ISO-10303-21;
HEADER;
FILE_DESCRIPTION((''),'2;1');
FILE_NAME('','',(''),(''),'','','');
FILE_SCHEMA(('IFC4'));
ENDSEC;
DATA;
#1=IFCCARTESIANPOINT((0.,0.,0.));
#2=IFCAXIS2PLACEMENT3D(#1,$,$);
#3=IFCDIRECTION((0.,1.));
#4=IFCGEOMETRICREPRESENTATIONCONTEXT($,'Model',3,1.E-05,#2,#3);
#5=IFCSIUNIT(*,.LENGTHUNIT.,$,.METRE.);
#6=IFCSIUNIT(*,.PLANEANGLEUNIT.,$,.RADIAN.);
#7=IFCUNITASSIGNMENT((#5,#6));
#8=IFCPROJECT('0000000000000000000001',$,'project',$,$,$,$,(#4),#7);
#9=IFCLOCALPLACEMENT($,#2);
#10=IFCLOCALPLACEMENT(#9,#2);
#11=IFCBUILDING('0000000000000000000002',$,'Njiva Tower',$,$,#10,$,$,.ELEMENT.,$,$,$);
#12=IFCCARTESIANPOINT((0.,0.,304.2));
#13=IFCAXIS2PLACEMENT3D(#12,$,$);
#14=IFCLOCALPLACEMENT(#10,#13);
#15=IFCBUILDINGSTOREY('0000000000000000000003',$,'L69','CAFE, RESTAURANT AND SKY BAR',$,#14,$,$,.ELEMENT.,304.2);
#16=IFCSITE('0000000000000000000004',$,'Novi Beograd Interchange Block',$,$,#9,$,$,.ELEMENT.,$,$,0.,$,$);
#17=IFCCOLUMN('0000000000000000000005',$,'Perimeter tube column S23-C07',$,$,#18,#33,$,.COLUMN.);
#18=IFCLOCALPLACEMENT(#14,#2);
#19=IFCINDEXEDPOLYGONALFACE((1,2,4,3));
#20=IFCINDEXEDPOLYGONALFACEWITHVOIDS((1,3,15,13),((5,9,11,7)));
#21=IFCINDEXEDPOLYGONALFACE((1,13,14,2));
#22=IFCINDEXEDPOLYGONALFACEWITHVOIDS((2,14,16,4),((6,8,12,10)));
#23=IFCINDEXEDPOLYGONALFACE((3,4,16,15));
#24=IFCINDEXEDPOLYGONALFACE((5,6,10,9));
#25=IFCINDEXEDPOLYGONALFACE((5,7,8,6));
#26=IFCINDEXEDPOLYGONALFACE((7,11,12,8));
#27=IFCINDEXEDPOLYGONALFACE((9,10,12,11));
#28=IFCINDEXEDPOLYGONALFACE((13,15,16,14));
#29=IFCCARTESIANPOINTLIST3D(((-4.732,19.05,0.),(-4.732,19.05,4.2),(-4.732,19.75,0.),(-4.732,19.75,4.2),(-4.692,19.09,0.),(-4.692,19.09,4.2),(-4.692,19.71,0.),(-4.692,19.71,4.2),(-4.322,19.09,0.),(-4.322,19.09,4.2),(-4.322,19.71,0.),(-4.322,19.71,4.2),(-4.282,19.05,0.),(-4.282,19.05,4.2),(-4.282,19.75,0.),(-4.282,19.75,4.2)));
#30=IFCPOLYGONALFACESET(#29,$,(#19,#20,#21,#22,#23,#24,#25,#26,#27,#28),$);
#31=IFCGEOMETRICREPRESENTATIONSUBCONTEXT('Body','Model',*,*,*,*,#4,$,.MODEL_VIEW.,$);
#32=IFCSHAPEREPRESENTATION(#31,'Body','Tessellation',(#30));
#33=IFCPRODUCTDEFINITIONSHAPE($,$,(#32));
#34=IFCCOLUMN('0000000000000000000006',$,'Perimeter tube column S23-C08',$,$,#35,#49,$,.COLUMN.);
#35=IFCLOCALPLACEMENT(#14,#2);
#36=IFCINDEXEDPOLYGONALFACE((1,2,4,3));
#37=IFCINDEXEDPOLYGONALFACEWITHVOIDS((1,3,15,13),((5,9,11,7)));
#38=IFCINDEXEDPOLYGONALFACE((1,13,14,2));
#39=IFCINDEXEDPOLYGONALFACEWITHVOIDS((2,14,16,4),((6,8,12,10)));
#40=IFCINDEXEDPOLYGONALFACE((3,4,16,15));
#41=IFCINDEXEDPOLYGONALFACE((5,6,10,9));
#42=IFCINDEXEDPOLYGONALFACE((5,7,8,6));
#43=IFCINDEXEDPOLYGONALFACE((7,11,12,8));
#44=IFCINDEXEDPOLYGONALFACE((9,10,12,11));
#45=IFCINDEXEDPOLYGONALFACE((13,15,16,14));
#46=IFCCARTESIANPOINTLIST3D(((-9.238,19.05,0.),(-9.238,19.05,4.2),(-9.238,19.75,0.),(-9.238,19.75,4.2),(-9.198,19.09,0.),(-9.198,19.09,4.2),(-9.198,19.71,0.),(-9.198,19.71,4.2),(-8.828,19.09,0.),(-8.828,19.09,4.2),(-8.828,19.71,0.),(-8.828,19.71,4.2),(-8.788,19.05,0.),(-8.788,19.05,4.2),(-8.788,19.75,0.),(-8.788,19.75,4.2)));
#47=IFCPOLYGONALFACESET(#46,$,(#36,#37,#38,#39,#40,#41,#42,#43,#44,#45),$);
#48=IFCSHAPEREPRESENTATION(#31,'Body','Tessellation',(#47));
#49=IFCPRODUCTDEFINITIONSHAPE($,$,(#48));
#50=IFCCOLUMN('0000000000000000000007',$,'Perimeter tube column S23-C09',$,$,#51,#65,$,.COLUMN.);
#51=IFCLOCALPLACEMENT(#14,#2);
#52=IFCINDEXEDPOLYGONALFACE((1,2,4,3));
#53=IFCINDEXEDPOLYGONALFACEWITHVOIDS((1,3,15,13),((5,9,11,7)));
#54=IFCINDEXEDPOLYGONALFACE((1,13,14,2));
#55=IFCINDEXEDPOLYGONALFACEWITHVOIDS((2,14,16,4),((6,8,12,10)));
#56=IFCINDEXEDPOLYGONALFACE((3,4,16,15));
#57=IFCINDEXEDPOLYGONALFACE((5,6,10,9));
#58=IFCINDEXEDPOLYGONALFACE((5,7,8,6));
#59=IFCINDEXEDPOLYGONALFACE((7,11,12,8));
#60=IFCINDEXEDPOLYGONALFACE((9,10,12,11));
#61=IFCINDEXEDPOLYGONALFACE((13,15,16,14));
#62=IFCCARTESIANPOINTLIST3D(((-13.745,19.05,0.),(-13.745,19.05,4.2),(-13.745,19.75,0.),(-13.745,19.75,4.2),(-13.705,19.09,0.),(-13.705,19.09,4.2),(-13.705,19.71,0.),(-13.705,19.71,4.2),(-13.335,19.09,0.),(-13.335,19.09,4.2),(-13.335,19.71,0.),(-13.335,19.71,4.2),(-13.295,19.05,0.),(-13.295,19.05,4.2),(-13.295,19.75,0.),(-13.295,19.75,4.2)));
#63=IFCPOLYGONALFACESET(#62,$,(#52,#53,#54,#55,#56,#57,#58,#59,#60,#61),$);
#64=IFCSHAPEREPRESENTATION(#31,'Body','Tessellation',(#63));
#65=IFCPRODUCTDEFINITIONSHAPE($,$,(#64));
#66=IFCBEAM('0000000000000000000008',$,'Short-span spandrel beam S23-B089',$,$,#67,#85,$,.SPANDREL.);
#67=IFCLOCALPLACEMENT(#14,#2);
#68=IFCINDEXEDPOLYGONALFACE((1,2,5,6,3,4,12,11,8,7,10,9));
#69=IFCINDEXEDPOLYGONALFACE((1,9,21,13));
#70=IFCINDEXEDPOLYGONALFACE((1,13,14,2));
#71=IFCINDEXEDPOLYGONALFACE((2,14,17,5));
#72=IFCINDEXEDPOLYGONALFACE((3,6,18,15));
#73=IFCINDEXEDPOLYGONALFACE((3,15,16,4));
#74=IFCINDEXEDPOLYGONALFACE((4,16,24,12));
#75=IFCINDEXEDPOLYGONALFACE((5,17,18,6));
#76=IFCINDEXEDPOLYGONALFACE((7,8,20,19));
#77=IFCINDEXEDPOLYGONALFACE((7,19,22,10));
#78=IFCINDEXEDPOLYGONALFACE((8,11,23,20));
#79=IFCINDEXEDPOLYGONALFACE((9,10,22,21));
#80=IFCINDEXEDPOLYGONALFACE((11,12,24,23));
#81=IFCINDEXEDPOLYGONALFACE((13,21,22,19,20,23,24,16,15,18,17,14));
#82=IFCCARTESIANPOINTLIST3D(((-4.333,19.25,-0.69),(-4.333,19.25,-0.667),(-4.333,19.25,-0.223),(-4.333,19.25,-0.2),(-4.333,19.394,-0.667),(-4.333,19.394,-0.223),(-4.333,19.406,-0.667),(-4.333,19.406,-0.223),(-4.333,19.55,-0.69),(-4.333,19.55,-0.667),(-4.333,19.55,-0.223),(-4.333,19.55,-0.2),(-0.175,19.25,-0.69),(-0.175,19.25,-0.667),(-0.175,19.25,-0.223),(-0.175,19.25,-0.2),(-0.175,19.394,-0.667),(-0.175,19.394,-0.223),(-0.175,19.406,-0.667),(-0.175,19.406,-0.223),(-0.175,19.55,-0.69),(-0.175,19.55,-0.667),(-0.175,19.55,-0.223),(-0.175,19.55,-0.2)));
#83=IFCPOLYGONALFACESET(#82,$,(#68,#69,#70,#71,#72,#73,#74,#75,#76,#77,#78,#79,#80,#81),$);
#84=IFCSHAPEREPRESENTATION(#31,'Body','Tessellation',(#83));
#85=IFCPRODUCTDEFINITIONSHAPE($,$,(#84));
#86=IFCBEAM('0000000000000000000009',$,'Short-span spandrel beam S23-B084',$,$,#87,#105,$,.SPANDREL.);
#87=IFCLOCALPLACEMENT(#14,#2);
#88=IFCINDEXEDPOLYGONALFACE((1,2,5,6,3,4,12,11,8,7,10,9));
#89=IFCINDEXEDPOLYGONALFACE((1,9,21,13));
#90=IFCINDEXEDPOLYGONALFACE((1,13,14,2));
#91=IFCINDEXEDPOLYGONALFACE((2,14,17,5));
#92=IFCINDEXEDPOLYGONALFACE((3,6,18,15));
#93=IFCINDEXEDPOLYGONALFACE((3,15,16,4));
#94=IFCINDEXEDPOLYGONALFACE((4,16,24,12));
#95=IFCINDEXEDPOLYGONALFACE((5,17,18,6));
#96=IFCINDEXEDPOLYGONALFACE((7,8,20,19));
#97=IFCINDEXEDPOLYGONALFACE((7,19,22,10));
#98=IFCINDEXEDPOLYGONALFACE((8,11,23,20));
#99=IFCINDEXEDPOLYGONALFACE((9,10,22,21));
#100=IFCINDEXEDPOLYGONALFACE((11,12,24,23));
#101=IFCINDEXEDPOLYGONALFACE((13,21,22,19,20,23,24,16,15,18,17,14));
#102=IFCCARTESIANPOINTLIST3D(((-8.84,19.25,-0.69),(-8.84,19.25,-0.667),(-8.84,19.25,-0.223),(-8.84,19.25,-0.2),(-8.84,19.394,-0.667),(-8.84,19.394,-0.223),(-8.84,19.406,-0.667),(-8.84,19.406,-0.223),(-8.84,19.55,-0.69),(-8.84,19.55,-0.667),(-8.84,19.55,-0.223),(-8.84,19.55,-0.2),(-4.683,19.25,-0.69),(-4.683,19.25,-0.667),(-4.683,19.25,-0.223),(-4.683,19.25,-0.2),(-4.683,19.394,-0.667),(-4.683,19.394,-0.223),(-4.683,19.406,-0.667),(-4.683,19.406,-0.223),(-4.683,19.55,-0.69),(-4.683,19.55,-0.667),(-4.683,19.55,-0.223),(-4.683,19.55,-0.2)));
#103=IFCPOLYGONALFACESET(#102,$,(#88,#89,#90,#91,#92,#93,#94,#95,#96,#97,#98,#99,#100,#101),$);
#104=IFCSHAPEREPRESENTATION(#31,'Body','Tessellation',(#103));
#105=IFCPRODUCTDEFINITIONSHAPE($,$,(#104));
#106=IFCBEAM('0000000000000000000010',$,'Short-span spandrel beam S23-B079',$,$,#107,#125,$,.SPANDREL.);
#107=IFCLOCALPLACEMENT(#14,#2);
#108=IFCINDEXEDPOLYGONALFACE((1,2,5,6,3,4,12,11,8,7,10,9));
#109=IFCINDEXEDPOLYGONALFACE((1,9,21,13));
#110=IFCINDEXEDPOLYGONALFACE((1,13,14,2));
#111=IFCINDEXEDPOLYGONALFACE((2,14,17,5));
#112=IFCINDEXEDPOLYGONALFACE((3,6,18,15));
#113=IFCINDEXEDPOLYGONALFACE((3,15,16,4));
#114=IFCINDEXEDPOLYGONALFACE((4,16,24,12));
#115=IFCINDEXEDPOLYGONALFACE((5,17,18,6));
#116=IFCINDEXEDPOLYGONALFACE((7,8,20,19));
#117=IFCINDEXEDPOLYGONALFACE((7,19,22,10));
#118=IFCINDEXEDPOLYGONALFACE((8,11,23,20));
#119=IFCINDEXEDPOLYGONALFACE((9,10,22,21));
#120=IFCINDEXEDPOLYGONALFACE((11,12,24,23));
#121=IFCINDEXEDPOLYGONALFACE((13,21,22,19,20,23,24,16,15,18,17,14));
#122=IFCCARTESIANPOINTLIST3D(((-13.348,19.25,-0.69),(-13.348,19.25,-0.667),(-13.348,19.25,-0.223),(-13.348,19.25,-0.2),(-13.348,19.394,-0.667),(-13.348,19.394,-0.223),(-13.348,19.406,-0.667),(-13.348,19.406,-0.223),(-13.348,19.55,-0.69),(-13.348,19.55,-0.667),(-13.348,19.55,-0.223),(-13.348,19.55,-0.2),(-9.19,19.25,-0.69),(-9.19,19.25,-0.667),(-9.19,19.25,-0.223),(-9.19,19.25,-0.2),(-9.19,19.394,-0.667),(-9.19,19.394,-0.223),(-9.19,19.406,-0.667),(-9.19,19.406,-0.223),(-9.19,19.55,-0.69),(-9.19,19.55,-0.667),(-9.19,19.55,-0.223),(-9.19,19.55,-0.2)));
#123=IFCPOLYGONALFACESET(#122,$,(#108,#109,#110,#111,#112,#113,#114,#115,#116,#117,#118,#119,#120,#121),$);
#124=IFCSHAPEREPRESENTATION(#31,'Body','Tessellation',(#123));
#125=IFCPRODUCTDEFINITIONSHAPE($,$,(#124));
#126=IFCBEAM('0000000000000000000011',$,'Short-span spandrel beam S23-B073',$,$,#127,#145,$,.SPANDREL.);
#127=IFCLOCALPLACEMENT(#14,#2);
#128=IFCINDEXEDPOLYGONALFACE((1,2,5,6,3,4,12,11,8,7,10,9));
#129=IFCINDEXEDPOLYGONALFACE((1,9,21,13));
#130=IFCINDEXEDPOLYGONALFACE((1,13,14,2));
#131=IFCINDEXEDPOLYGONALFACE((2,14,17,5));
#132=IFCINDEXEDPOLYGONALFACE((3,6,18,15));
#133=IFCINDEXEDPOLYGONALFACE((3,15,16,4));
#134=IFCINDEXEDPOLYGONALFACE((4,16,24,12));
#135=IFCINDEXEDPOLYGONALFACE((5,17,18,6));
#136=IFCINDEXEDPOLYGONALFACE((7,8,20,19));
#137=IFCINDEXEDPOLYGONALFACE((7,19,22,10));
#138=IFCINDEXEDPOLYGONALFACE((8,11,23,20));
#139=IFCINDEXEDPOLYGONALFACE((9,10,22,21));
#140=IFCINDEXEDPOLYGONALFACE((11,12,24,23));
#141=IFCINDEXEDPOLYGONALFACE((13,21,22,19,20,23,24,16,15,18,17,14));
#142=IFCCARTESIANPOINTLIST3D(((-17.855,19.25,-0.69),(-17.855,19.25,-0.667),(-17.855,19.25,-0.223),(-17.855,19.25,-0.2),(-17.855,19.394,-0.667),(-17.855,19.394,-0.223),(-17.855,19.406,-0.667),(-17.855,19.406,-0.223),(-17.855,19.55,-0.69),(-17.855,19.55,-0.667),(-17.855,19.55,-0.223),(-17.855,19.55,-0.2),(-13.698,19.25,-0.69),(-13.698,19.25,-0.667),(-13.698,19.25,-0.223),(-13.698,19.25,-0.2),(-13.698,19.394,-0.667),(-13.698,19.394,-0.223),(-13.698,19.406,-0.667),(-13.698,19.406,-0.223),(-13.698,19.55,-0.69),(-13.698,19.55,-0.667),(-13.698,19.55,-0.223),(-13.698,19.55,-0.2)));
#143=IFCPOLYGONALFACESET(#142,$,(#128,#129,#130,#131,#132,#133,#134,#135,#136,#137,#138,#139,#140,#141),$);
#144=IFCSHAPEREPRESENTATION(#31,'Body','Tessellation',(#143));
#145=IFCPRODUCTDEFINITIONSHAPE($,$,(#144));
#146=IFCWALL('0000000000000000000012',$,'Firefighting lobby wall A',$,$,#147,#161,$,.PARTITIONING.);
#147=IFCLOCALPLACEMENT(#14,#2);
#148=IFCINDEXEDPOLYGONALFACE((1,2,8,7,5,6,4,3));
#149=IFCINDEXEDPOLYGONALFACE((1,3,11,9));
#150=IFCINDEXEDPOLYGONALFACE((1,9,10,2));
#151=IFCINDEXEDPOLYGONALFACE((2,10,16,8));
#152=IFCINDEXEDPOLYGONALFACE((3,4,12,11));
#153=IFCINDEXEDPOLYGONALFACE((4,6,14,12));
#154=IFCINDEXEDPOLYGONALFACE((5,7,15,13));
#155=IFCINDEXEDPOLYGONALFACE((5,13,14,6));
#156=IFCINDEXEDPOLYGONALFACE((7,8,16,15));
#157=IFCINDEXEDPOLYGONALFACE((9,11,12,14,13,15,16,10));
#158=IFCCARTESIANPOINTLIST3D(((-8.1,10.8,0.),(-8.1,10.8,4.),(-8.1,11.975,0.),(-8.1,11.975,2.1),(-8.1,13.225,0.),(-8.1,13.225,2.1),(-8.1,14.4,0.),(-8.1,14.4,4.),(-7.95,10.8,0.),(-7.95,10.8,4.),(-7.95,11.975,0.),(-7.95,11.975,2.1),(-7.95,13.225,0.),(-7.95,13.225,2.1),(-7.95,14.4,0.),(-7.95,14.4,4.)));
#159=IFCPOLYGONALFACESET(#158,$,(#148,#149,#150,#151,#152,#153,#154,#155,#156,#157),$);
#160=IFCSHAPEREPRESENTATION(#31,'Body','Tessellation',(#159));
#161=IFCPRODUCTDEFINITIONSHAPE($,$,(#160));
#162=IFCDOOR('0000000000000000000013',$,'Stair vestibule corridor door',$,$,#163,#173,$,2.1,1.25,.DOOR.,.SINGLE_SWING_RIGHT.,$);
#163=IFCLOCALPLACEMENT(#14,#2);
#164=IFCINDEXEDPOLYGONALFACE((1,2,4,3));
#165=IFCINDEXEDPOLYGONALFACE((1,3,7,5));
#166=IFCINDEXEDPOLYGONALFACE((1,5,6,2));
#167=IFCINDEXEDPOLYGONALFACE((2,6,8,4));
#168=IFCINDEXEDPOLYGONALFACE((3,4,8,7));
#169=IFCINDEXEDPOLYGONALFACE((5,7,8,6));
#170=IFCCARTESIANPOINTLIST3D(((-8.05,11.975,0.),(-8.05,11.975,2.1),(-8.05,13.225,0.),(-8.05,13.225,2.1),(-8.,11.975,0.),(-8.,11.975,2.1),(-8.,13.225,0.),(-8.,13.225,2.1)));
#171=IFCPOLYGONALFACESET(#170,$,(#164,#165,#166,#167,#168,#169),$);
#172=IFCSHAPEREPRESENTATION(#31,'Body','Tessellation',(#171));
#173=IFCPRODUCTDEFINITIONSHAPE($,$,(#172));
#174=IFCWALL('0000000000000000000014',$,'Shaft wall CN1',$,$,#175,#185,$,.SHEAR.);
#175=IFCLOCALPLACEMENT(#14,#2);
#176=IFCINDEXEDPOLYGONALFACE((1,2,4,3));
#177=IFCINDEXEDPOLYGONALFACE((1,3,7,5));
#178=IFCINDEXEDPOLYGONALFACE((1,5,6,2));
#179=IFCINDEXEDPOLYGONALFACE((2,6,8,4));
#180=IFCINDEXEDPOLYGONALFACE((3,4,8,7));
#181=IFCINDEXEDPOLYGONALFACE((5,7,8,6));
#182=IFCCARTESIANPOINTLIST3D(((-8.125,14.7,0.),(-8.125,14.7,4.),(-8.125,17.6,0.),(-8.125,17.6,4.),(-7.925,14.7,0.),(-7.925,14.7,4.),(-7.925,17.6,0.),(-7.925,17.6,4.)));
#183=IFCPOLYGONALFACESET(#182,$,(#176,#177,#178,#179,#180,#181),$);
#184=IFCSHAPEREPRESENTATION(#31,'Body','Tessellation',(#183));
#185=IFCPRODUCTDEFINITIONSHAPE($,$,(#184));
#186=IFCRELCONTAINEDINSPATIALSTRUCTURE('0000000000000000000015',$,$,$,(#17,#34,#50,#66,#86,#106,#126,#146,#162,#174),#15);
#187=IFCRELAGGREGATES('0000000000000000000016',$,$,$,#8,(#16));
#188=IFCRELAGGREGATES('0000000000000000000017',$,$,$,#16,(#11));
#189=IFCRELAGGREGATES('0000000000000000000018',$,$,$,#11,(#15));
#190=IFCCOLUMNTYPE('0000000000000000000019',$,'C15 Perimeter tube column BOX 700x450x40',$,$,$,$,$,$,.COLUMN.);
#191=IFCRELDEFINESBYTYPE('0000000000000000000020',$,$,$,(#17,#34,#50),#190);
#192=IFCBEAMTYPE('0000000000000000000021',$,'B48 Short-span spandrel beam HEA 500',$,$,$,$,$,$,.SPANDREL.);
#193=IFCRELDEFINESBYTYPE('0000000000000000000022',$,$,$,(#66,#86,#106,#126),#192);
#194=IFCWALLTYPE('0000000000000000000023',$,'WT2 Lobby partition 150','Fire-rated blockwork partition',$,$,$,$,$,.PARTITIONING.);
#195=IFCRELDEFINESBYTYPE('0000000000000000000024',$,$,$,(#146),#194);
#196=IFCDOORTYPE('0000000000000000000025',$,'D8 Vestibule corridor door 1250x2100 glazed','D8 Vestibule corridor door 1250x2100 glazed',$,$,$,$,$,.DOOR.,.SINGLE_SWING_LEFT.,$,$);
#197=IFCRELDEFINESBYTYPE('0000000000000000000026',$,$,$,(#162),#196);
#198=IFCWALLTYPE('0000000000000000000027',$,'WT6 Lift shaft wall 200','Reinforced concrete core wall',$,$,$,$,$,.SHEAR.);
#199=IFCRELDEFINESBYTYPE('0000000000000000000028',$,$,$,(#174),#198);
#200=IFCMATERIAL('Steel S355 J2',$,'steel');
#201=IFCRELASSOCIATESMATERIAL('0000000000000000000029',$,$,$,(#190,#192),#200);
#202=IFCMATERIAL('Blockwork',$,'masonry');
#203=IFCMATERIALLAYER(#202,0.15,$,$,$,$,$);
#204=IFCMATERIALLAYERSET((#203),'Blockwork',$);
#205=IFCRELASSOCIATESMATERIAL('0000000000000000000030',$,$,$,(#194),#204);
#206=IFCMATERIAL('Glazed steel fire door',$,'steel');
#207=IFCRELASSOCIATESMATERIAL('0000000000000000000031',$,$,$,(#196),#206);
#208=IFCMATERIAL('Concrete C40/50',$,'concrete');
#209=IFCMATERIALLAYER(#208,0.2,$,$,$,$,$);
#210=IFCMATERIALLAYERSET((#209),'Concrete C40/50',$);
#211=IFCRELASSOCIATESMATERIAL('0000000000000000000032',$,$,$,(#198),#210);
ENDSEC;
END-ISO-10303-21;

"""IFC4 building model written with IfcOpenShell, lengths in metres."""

from ifc_helpers import new_model, si_unit, direction, frame, frame_2d, origin, origin_2d, place, context, subcontext, project, spatial, rectangle, hollow_rectangle, i_section, extrude, material, layer, layer_set, material_profile, profile_set, type_object, element, fill, save


model = new_model("IFC4")

# Units and contexts
model_context = context("Model", 3, precision=1e-05, world=origin(), true_north=direction((0.0, 1.0)))
body_context = subcontext(model_context, "Body", "Model", "MODEL_VIEW")
ifc_project = project(units=[si_unit("LENGTHUNIT", "METRE"), si_unit("PLANEANGLEUNIT", "RADIAN")], contexts=[model_context])

# Site, building, storey
site_placement = place(None, origin())
site = spatial("IfcSite", under=ifc_project, at=site_placement, Name="Novi Beograd Interchange Block", CompositionType="ELEMENT", RefElevation=0.0)
building_placement = place(site_placement, origin())
building = spatial("IfcBuilding", under=site, at=building_placement, Name="Njiva Tower", CompositionType="ELEMENT")
storey_placement = place(building_placement, frame((0.0, 0.0, 304.2)))
storey = spatial("IfcBuildingStorey", under=building, at=storey_placement, Name="L69", Description="CAFE, RESTAURANT AND SKY BAR", CompositionType="ELEMENT", Elevation=304.2)

# Columns
ifc_material_1 = material(Name="Steel S355 J2", Category="steel")
ifc_material_profile_1 = material_profile(ifc_material_1, hollow_rectangle(XDim=0.45, YDim=0.7, WallThickness=0.04, at=origin_2d()), Name="BOX 700x450x40")
ifc_profile_set_1 = profile_set([ifc_material_profile_1], Name="Steel S355 J2")
column_type = type_object("IfcColumnType", Name="C15 Perimeter tube column BOX 700x450x40", PredefinedType="COLUMN", material=ifc_profile_set_1)
for number, where, z_axis, x_axis, name in (
    (1, (-4.507, 19.4, 0.0), (0.0, 0.0, 1.0), (-1.0, 0.0, 0.0), "Perimeter tube column S23-C07"),
    (2, (-9.013, 19.4, 0.0), (0.0, 0.0, 1.0), (-1.0, 0.0, 0.0), "Perimeter tube column S23-C08"),
    (3, (-13.52, 19.4, 0.0), (0.0, 0.0, 1.0), (-1.0, 0.0, 0.0), "Perimeter tube column S23-C09"),
):
    element("IfcColumn", number, at=place(storey_placement, frame(where, z_axis=z_axis, x_axis=x_axis)), inside=storey, type_object=column_type, Name=name, PredefinedType="COLUMN", context=body_context, shape_type="SweptSolid", body=[
        extrude(hollow_rectangle(XDim=0.45, YDim=0.7, WallThickness=0.04, at=origin_2d()), origin(), (0.0, 0.0, 1.0), 4.2),
    ])

# Beams
ifc_material_profile_2 = material_profile(ifc_material_1, i_section(OverallWidth=0.3, OverallDepth=0.49, WebThickness=0.012, FlangeThickness=0.023, at=origin_2d()), Name="HEA 500")
ifc_profile_set_2 = profile_set([ifc_material_profile_2], Name="Steel S355 J2")
beam_type = type_object("IfcBeamType", Name="B48 Short-span spandrel beam HEA 500", PredefinedType="SPANDREL", material=ifc_profile_set_2)
beam_1_placement = place(storey_placement, frame((-0.175, 19.4, -0.445), z_axis=(-1.0, 0.0, 0.0), x_axis=(0.0, -1.0, 0.0)))
element("IfcBeam", 4, at=beam_1_placement, inside=storey, type_object=beam_type, Name="Short-span spandrel beam S23-B089", PredefinedType="SPANDREL", context=body_context, shape_type="SweptSolid", body=[
    extrude(i_section(OverallWidth=0.3, OverallDepth=0.49, WebThickness=0.012, FlangeThickness=0.023, at=origin_2d()), origin(), (0.0, 0.0, 1.0), 4.158),
])
beam_2_placement = place(storey_placement, frame((-4.683, 19.4, -0.445), z_axis=(-1.0, 0.0, 0.0), x_axis=(0.0, -1.0, 0.0)))
element("IfcBeam", 5, at=beam_2_placement, inside=storey, type_object=beam_type, Name="Short-span spandrel beam S23-B084", PredefinedType="SPANDREL", context=body_context, shape_type="SweptSolid", body=[
    extrude(i_section(OverallWidth=0.3, OverallDepth=0.49, WebThickness=0.012, FlangeThickness=0.023, at=origin_2d()), origin(), (0.0, 0.0, 1.0), 4.157),
])
beam_3_placement = place(storey_placement, frame((-9.19, 19.4, -0.445), z_axis=(-1.0, 0.0, 0.0), x_axis=(0.0, -1.0, 0.0)))
element("IfcBeam", 6, at=beam_3_placement, inside=storey, type_object=beam_type, Name="Short-span spandrel beam S23-B079", PredefinedType="SPANDREL", context=body_context, shape_type="SweptSolid", body=[
    extrude(i_section(OverallWidth=0.3, OverallDepth=0.49, WebThickness=0.012, FlangeThickness=0.023, at=origin_2d()), origin(), (0.0, 0.0, 1.0), 4.158),
])
beam_4_placement = place(storey_placement, frame((-13.698, 19.4, -0.445), z_axis=(-1.0, 0.0, 0.0), x_axis=(0.0, -1.0, 0.0)))
element("IfcBeam", 7, at=beam_4_placement, inside=storey, type_object=beam_type, Name="Short-span spandrel beam S23-B073", PredefinedType="SPANDREL", context=body_context, shape_type="SweptSolid", body=[
    extrude(i_section(OverallWidth=0.3, OverallDepth=0.49, WebThickness=0.012, FlangeThickness=0.023, at=origin_2d()), origin(), (0.0, 0.0, 1.0), 4.157),
])

# Wall, opening, door
ifc_material_2 = material(Name="Blockwork", Category="masonry")
ifc_layer_1 = layer(ifc_material_2, 0.15)
ifc_layer_set_1 = layer_set([ifc_layer_1], Name="Blockwork")
wall_type_1 = type_object("IfcWallType", Name="WT2 Lobby partition 150", Description="Fire-rated blockwork partition", PredefinedType="PARTITIONING", material=ifc_layer_set_1)
wall_1_placement = place(storey_placement, frame((-8.025, 10.8, 0.0), z_axis=(0.0, 0.0, 1.0), x_axis=(0.0, 1.0, 0.0)))
wall_1 = element("IfcWall", 8, at=wall_1_placement, inside=storey, type_object=wall_type_1, Name="Firefighting lobby wall A", PredefinedType="PARTITIONING", context=body_context, shape_type="SweptSolid", body=[
    extrude(rectangle(XDim=3.6, YDim=0.15, at=frame_2d((1.8, 0.0))), origin(), (0.0, 0.0, 1.0), 4.0),
])
opening_1_placement = place(wall_1_placement, frame((1.175, 0.0, 0.0)))
opening_1 = element("IfcOpeningElement", 9, at=opening_1_placement, cuts=wall_1, PredefinedType="OPENING", context=body_context, shape_type="SweptSolid", body=[
    extrude(rectangle(XDim=1.25, YDim=2.1, at=frame_2d((0.625, 1.05))), frame((0.0, 0.085, 0.0), z_axis=(0.0, -1.0, 0.0), x_axis=(1.0, 0.0, 0.0)), (0.0, 0.0, 1.0), 0.17),
])
ifc_material_3 = material(Name="Glazed steel fire door", Category="steel")
door_type_1 = type_object("IfcDoorType", Name="D8 Vestibule corridor door 1250x2100 glazed", Description="D8 Vestibule corridor door 1250x2100 glazed", OperationType="SINGLE_SWING_LEFT", PredefinedType="DOOR", material=ifc_material_3)
door_1_placement = place(opening_1_placement, origin())
door_1 = element("IfcDoor", 10, at=door_1_placement, inside=storey, type_object=door_type_1, Name="Stair vestibule corridor door", OperationType="SINGLE_SWING_RIGHT", OverallHeight=2.1, OverallWidth=1.25, PredefinedType="DOOR", context=body_context, shape_type="SweptSolid", body=[
    extrude(rectangle(XDim=1.25, YDim=2.1, at=frame_2d((0.625, 1.05))), frame((0.0, 0.025, 0.0), z_axis=(0.0, -1.0, 0.0), x_axis=(1.0, 0.0, 0.0)), (0.0, 0.0, 1.0), 0.05),
])
fill(opening_1, door_1)

# Wall
ifc_material_4 = material(Name="Concrete C40/50", Category="concrete")
ifc_layer_2 = layer(ifc_material_4, 0.2)
ifc_layer_set_2 = layer_set([ifc_layer_2], Name="Concrete C40/50")
wall_type_2 = type_object("IfcWallType", Name="WT6 Lift shaft wall 200", Description="Reinforced concrete core wall", PredefinedType="SHEAR", material=ifc_layer_set_2)
for number, where, z_axis, x_axis, name in (
    (11, (-8.025, 14.7, 0.0), (0.0, 0.0, 1.0), (0.0, 1.0, 0.0), "Shaft wall CN1"),
):
    element("IfcWall", number, at=place(storey_placement, frame(where, z_axis=z_axis, x_axis=x_axis)), inside=storey, type_object=wall_type_2, Name=name, PredefinedType="SHEAR", context=body_context, shape_type="SweptSolid", body=[
        extrude(rectangle(XDim=2.9, YDim=0.2, at=frame_2d((1.45, 0.0))), origin(), (0.0, 0.0, 1.0), 4.0),
    ])

save(model, "model.ifc")
